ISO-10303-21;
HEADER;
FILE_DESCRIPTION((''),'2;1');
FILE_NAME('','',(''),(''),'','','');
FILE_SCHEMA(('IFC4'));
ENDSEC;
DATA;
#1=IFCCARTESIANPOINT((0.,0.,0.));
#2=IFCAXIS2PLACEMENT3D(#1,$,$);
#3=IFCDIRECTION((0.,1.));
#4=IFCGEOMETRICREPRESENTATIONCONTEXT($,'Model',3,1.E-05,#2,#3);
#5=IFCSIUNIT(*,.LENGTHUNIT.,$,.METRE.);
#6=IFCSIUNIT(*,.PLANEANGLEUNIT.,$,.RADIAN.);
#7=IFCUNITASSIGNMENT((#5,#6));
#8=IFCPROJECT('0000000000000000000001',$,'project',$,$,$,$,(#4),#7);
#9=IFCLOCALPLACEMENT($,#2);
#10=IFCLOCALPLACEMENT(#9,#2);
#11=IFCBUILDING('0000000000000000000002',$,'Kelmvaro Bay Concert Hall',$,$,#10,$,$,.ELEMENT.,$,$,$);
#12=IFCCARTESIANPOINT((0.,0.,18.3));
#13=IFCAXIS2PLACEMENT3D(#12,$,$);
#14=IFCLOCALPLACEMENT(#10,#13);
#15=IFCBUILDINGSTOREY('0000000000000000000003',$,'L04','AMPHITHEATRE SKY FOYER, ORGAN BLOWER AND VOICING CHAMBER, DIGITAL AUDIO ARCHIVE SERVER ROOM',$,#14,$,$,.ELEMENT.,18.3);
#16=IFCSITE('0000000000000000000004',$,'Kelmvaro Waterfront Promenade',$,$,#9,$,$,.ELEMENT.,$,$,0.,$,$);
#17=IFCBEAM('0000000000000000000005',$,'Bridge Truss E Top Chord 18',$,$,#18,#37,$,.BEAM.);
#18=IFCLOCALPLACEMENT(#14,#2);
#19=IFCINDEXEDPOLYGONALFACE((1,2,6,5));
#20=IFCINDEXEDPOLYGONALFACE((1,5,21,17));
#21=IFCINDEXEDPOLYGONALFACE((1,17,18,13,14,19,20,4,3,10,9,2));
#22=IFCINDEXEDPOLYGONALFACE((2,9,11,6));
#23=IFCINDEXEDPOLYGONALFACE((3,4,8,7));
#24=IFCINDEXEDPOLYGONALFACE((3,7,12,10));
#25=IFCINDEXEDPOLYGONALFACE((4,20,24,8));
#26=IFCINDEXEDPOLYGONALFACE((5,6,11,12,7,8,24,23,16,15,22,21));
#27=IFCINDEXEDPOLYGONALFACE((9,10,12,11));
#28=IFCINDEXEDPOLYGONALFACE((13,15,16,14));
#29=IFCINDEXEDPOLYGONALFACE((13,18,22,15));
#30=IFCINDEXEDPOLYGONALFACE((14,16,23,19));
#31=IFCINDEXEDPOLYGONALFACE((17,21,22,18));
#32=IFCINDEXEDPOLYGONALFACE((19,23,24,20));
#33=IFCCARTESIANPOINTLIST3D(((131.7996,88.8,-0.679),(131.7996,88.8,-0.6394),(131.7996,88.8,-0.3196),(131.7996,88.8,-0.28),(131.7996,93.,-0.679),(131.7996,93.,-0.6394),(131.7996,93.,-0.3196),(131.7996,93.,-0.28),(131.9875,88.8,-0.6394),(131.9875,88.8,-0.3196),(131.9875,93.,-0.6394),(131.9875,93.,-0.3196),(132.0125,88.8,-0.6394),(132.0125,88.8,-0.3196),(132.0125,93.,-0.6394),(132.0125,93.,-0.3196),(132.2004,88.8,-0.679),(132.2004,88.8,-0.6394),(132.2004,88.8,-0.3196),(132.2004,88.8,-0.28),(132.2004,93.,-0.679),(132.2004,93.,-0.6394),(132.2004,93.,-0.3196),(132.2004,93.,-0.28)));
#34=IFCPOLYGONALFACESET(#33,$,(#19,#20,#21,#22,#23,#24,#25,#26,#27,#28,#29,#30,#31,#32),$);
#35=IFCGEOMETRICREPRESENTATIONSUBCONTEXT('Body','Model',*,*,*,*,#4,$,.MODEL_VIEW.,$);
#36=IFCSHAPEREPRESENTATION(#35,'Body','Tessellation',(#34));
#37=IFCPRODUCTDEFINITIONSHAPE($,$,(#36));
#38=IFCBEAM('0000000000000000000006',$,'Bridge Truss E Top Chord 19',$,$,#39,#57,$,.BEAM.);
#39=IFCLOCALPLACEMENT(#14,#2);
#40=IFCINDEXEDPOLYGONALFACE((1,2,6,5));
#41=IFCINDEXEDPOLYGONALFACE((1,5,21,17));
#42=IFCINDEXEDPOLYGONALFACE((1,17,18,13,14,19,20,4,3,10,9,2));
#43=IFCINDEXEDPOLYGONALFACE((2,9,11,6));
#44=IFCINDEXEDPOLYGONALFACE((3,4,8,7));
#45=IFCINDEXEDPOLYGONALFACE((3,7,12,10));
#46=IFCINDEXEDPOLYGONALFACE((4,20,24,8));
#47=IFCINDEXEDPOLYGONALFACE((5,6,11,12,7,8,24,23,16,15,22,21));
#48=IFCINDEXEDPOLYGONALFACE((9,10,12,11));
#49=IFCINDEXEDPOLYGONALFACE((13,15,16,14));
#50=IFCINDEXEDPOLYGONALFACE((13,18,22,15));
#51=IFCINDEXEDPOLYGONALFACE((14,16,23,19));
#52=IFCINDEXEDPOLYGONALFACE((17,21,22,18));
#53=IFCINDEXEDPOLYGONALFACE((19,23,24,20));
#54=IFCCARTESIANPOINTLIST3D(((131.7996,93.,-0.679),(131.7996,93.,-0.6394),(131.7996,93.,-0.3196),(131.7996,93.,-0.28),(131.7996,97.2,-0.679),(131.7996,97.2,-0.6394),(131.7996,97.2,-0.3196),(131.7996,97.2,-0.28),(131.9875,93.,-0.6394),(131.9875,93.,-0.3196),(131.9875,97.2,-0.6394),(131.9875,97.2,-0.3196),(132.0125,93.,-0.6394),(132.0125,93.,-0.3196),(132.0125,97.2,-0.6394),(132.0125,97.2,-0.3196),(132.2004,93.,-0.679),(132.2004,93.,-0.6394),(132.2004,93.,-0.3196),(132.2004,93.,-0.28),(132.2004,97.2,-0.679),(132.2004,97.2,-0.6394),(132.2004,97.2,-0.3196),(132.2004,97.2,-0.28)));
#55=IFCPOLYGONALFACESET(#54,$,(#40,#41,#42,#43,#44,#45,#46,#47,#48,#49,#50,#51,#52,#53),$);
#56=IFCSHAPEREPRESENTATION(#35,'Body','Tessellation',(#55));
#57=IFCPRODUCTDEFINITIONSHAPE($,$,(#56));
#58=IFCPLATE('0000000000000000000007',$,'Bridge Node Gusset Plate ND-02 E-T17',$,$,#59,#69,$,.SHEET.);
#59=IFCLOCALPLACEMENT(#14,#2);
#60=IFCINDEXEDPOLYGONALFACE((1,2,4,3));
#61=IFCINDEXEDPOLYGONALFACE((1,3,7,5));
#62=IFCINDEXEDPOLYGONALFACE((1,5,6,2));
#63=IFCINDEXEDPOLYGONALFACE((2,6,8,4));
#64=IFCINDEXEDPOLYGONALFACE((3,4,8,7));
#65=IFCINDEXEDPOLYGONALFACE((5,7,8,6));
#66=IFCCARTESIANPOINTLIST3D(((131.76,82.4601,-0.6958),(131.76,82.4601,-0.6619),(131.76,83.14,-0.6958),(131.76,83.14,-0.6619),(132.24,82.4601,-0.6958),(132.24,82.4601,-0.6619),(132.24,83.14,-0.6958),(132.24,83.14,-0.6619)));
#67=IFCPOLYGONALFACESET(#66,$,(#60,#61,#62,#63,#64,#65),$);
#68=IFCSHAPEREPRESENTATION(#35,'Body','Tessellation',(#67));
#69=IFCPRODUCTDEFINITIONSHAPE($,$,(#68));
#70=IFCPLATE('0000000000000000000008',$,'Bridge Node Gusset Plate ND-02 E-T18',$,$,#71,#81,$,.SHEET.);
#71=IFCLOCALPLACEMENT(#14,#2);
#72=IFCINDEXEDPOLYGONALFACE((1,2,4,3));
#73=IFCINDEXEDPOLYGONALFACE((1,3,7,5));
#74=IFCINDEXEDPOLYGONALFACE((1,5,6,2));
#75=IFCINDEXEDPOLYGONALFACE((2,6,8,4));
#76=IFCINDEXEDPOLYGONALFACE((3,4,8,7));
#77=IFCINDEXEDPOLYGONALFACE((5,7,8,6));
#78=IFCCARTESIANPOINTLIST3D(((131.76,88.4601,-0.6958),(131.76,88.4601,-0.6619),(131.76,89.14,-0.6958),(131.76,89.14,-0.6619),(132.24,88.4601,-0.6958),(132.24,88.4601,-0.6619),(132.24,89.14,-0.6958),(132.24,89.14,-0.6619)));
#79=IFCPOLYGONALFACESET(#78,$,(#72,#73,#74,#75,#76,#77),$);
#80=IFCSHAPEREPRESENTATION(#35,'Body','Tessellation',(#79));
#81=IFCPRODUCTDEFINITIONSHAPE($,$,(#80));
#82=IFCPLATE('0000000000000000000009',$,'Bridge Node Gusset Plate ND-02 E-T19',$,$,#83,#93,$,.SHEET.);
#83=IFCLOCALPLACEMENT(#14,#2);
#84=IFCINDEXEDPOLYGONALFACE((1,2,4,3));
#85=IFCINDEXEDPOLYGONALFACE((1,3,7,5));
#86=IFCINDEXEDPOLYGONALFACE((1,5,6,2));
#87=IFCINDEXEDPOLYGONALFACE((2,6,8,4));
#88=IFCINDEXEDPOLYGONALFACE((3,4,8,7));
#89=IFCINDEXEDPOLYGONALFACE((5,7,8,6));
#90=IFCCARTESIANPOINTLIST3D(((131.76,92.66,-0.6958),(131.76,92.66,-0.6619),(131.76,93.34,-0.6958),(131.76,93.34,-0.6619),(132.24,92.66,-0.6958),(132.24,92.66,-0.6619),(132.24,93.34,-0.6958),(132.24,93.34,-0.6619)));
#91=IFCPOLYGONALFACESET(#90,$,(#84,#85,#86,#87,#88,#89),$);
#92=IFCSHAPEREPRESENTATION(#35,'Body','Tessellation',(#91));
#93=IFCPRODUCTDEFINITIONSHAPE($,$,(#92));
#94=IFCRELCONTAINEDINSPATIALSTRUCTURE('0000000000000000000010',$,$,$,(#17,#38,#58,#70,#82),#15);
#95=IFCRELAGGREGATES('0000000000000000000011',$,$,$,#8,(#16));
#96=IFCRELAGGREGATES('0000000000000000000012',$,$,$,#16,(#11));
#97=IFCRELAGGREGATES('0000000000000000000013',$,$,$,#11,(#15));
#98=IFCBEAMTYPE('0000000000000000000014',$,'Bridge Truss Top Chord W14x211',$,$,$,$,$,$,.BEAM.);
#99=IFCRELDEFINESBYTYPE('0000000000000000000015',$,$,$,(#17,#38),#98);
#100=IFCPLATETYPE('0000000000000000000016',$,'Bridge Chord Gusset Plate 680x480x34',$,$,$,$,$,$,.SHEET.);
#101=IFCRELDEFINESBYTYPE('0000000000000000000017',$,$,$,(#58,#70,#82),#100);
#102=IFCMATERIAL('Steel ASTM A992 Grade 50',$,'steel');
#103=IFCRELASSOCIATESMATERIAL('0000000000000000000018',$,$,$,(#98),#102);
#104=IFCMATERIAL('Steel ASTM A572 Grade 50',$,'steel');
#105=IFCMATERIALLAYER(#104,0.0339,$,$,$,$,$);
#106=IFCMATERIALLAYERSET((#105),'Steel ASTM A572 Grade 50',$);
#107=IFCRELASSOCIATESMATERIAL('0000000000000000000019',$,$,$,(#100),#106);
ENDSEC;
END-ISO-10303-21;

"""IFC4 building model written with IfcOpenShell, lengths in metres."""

from ifc_helpers import new_model, si_unit, direction, frame, origin, origin_2d, place, context, subcontext, project, spatial, rectangle, i_section, extrude, material, layer, layer_set, material_profile, profile_set, type_object, element, save


model = new_model("IFC4")

# Units and contexts
model_context = context("Model", 3, precision=1e-05, world=origin(), true_north=direction((0.0, 1.0)))
body_context = subcontext(model_context, "Body", "Model", "MODEL_VIEW")
ifc_project = project(units=[si_unit("LENGTHUNIT", "METRE"), si_unit("PLANEANGLEUNIT", "RADIAN")], contexts=[model_context])

# Site, building, storey
site_placement = place(None, origin())
site = spatial("IfcSite", under=ifc_project, at=site_placement, Name="Kelmvaro Waterfront Promenade", CompositionType="ELEMENT", RefElevation=0.0)
building_placement = place(site_placement, origin())
building = spatial("IfcBuilding", under=site, at=building_placement, Name="Kelmvaro Bay Concert Hall", CompositionType="ELEMENT")
storey_placement = place(building_placement, frame((0.0, 0.0, 18.3)))
storey = spatial("IfcBuildingStorey", under=building, at=storey_placement, Name="L04", Description="AMPHITHEATRE SKY FOYER, ORGAN BLOWER AND VOICING CHAMBER, DIGITAL AUDIO ARCHIVE SERVER ROOM", CompositionType="ELEMENT", Elevation=18.3)

# Beams
ifc_material_1 = material(Name="Steel ASTM A992 Grade 50", Category="steel")
ifc_material_profile_1 = material_profile(ifc_material_1, i_section(OverallWidth=0.4009, OverallDepth=0.3989, WebThickness=0.0249, FlangeThickness=0.0396, at=origin_2d()), Name="W14X211")
ifc_profile_set_1 = profile_set([ifc_material_profile_1], Name="Steel ASTM A992 Grade 50")
beam_type_1 = type_object("IfcBeamType", Name="Bridge Truss Top Chord W14x211", PredefinedType="BEAM", material=ifc_profile_set_1)
for number, where, z_axis, x_axis, name in (
    (1, (132.0, 88.8, -0.4795), (0.0, 1.0, 0.0), (-1.0, 0.0, 0.0), "Bridge Truss E Top Chord 18"),
    (2, (132.0, 93.0, -0.4795), (0.0, 1.0, 0.0), (-1.0, 0.0, 0.0), "Bridge Truss E Top Chord 19"),
):
    element("IfcBeam", number, at=place(storey_placement, frame(where, z_axis=z_axis, x_axis=x_axis)), inside=storey, type_object=beam_type_1, Name=name, PredefinedType="BEAM", context=body_context, shape_type="SweptSolid", body=[
        extrude(i_section(OverallWidth=0.4009, OverallDepth=0.3989, WebThickness=0.0249, FlangeThickness=0.0396, at=origin_2d()), origin(), (0.0, 0.0, 1.0), 4.2),
    ])

# Plates
ifc_material_2 = material(Name="Steel ASTM A572 Grade 50", Category="steel")
ifc_layer = layer(ifc_material_2, 0.0339)
ifc_layer_set = layer_set([ifc_layer], Name="Steel ASTM A572 Grade 50")
plate_type = type_object("IfcPlateType", Name="Bridge Chord Gusset Plate 680x480x34", PredefinedType="SHEET", material=ifc_layer_set)
for number, where, z_axis, x_axis, name in (
    (3, (132.0, 82.8, -0.6958), (0.0, 0.0, 1.0), (0.0, 1.0, 0.0), "Bridge Node Gusset Plate ND-02 E-T17"),
    (4, (132.0, 88.8, -0.6958), (0.0, 0.0, 1.0), (0.0, 1.0, 0.0), "Bridge Node Gusset Plate ND-02 E-T18"),
    (5, (132.0, 93.0, -0.6958), (0.0, 0.0, 1.0), (0.0, 1.0, 0.0), "Bridge Node Gusset Plate ND-02 E-T19"),
):
    element("IfcPlate", number, at=place(storey_placement, frame(where, z_axis=z_axis, x_axis=x_axis)), inside=storey, type_object=plate_type, Name=name, PredefinedType="SHEET", context=body_context, shape_type="SweptSolid", body=[
        extrude(rectangle(XDim=0.6799, YDim=0.48, at=origin_2d()), origin(), (0.0, 0.0, 1.0), 0.0339),
    ])

save(model, "model.ifc")
